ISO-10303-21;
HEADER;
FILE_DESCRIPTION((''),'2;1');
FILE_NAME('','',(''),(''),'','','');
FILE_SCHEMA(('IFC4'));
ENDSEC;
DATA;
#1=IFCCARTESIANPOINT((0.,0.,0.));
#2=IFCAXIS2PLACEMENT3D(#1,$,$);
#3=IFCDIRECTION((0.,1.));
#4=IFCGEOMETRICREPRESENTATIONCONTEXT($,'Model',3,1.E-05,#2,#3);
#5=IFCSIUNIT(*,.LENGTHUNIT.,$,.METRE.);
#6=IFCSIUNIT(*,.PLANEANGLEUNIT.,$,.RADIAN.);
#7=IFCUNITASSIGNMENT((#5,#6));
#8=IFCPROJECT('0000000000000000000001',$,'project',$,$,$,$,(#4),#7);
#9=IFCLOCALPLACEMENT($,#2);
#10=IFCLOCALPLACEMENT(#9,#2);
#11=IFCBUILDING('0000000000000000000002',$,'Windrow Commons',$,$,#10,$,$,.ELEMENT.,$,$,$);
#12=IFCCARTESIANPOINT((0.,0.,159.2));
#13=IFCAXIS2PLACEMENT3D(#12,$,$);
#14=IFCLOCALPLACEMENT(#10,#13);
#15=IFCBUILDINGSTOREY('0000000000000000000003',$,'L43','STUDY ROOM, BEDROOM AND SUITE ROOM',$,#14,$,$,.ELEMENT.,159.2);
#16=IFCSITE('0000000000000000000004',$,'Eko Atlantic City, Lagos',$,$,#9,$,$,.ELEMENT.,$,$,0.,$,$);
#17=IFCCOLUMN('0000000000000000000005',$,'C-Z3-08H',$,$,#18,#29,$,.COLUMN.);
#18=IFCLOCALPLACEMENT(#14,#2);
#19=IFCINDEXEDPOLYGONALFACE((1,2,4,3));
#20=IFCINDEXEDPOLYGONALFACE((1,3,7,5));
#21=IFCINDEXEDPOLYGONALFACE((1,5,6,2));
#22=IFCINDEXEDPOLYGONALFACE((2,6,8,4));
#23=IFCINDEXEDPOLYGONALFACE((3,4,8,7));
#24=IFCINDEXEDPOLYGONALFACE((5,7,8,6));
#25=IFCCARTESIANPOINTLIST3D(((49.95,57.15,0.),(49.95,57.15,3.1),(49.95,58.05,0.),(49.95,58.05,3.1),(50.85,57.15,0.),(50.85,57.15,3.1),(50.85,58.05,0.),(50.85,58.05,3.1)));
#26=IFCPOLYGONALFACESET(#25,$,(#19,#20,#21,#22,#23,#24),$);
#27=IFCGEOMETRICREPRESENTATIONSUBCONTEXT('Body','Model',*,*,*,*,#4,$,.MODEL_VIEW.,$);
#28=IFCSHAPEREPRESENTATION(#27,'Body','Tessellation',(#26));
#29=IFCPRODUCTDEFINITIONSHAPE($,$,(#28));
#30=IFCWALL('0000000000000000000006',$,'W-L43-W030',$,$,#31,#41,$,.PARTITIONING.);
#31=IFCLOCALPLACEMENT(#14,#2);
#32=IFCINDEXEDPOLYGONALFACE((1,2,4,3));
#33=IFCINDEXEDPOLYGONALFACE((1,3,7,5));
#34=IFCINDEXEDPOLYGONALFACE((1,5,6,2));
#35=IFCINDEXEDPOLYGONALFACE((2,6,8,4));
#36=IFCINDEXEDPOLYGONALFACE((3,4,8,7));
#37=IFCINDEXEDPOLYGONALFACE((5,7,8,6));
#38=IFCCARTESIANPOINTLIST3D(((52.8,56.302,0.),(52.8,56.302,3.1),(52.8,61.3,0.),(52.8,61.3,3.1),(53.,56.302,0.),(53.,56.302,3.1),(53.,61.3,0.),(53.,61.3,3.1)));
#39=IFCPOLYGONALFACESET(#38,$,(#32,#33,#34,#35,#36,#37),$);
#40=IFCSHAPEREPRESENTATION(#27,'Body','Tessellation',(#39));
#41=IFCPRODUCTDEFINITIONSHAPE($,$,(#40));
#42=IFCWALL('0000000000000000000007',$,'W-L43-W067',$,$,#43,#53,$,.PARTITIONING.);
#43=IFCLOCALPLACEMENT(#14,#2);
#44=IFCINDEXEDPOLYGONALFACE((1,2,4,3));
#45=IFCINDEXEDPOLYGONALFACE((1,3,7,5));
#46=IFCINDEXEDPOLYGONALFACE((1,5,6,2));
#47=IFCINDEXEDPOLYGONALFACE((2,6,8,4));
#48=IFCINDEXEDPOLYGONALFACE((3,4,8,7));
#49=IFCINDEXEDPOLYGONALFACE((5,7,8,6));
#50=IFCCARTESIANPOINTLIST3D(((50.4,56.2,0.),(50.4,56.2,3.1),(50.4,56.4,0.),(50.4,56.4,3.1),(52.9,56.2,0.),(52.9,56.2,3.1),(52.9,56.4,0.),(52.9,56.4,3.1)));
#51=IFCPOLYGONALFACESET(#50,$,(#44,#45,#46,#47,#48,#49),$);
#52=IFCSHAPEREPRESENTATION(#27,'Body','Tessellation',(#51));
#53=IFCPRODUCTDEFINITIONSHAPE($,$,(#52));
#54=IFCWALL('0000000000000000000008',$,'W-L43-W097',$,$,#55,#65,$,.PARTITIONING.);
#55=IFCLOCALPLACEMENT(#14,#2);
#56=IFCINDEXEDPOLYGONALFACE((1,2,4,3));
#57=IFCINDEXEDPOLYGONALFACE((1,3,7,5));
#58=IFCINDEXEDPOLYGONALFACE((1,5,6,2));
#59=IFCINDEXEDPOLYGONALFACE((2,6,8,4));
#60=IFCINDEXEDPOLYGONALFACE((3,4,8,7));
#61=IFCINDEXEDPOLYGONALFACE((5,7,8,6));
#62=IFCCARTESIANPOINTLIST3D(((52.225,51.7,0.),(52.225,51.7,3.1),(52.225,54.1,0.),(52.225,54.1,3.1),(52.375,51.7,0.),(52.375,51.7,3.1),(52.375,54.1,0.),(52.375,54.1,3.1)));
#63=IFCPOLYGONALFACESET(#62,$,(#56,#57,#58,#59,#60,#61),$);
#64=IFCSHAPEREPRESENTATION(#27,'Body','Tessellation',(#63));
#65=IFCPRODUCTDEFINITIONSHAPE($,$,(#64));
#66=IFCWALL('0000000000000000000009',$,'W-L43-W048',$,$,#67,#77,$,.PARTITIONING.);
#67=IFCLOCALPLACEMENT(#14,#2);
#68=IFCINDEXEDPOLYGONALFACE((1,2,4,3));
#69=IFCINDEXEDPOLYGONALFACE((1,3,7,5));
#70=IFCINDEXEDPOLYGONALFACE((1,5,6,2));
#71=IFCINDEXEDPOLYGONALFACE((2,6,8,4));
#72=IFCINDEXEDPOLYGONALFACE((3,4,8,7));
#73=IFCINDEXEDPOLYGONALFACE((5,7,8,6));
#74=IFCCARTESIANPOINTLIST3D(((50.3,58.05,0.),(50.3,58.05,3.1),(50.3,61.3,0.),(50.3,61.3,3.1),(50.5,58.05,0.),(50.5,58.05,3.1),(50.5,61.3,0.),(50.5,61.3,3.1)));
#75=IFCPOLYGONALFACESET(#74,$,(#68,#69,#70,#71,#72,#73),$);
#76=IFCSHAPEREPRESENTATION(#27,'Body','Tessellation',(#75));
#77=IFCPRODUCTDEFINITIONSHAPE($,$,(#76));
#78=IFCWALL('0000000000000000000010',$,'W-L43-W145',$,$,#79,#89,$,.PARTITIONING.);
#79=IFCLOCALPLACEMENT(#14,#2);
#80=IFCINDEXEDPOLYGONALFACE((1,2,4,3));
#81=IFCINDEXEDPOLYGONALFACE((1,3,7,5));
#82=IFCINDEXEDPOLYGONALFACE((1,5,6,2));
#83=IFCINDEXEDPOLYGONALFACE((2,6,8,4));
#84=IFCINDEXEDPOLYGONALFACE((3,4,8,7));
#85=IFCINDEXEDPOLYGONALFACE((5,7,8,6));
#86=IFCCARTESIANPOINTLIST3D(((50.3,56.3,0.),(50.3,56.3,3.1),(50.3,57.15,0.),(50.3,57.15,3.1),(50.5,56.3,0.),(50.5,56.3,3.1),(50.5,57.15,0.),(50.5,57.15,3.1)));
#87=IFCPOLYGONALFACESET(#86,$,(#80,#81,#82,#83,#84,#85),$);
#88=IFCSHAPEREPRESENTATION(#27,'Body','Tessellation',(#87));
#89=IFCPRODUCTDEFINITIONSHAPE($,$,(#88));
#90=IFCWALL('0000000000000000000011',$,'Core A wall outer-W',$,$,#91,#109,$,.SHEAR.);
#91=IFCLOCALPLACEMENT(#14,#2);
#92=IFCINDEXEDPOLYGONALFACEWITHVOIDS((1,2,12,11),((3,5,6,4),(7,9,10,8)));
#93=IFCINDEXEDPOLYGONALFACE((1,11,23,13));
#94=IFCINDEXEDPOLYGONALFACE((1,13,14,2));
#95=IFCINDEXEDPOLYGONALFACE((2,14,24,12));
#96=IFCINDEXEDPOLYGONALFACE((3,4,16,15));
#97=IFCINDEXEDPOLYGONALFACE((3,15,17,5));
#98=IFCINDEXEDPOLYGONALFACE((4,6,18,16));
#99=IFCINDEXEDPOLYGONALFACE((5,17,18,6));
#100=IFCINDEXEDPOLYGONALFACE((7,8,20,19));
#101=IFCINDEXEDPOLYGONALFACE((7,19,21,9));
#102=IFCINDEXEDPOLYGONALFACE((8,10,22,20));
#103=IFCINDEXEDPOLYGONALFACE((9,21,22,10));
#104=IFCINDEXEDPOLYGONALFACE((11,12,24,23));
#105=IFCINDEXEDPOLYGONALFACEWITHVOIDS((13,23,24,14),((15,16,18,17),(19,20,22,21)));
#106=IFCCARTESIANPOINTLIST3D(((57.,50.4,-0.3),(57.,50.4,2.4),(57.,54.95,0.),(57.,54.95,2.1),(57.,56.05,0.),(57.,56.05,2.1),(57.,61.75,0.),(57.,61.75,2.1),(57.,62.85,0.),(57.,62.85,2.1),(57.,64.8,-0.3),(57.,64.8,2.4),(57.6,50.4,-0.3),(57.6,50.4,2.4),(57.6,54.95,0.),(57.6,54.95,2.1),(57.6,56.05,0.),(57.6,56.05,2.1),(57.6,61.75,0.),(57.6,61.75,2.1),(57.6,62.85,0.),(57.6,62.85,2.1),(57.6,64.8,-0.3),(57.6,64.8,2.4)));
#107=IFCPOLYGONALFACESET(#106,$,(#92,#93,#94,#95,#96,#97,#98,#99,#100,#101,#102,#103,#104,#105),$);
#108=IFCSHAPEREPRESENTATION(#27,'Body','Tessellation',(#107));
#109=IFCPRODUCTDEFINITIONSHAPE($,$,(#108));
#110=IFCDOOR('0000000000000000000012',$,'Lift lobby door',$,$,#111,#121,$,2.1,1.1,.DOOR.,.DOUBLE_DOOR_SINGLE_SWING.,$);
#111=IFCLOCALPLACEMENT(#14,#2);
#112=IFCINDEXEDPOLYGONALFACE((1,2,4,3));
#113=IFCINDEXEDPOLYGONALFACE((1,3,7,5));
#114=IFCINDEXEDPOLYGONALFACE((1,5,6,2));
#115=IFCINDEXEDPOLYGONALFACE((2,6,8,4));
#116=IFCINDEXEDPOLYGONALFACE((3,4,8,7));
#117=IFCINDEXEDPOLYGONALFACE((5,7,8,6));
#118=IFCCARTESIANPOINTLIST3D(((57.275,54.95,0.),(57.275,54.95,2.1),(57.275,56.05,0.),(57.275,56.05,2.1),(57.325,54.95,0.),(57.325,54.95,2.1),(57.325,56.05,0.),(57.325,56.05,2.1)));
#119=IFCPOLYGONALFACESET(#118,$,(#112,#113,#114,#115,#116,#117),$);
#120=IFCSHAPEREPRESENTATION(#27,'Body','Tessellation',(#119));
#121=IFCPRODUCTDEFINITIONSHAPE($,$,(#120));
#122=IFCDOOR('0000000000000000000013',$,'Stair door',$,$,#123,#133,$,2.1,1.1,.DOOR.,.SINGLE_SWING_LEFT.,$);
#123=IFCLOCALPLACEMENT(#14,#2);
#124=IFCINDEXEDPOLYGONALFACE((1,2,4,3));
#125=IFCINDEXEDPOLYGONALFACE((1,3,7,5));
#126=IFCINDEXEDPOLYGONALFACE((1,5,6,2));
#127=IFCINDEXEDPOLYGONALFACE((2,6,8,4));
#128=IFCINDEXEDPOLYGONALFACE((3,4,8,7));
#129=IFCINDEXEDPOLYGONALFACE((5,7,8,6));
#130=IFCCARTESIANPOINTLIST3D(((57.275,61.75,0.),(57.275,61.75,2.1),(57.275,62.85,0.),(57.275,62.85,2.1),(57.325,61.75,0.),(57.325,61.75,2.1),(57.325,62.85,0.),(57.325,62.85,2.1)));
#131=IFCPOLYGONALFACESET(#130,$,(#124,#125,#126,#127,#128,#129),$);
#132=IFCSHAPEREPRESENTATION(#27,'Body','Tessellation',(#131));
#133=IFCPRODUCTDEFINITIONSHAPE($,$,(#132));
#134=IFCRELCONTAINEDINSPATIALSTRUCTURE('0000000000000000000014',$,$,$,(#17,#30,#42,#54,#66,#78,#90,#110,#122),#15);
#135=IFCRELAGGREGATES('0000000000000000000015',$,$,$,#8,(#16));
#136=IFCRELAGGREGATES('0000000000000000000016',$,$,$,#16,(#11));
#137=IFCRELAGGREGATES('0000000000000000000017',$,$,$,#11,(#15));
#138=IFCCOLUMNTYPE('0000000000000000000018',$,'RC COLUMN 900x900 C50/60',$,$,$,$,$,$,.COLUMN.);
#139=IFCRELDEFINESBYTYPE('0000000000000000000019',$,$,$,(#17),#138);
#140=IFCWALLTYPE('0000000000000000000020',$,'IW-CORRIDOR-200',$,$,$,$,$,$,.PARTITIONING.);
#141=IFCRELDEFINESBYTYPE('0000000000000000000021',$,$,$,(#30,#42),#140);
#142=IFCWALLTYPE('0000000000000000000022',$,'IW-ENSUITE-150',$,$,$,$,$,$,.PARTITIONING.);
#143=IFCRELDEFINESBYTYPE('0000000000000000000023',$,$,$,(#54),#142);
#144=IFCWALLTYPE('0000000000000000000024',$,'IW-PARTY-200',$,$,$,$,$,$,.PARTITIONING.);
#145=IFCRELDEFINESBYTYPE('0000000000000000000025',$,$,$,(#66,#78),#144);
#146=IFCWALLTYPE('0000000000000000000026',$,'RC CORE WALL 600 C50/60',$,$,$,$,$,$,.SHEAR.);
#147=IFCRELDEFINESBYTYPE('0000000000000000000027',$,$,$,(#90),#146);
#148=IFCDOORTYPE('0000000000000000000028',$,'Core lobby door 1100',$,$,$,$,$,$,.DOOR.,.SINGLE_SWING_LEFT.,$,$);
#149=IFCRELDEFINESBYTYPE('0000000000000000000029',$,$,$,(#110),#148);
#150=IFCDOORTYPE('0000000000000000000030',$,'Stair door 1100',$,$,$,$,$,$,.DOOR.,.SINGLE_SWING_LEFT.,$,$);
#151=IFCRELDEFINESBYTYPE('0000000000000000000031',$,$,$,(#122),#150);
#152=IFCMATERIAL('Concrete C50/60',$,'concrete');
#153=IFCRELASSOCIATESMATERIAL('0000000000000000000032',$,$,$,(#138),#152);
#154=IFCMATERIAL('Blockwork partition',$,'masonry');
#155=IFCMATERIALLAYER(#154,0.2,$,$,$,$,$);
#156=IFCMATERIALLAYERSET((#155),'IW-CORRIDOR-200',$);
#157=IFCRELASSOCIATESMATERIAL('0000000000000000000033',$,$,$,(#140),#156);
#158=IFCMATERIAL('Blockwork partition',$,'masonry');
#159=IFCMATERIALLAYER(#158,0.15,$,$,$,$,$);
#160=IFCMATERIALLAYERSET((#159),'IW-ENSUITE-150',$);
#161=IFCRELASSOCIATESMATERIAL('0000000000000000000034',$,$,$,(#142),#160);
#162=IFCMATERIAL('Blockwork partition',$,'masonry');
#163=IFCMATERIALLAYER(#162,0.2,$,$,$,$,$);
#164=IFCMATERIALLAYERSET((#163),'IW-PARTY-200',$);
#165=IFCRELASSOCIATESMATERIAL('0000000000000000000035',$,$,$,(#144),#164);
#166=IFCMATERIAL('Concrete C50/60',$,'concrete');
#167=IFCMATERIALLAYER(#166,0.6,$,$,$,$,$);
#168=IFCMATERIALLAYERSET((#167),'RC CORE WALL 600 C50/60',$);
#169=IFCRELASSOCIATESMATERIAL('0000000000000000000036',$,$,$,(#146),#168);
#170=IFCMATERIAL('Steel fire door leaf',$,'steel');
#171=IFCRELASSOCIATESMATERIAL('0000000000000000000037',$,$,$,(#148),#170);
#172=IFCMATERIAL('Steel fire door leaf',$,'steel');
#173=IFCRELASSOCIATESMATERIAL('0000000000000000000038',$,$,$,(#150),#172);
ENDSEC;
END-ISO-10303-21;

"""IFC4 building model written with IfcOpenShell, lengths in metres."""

from ifc_helpers import new_model, si_unit, direction, frame, frame_2d, origin, origin_2d, place, context, subcontext, project, spatial, rectangle, extrude, material, layer, layer_set, material_profile, profile_set, type_object, element, fill, save


model = new_model("IFC4")

# Units and contexts
model_context = context("Model", 3, precision=1e-05, world=origin(), true_north=direction((0.0, 1.0)))
body_context = subcontext(model_context, "Body", "Model", "MODEL_VIEW")
ifc_project = project(units=[si_unit("LENGTHUNIT", "METRE"), si_unit("PLANEANGLEUNIT", "RADIAN")], contexts=[model_context])

# Site, building, storey
site_placement = place(None, origin())
site = spatial("IfcSite", under=ifc_project, at=site_placement, Name="Eko Atlantic City, Lagos", CompositionType="ELEMENT", RefElevation=0.0)
building_placement = place(site_placement, origin())
building = spatial("IfcBuilding", under=site, at=building_placement, Name="Windrow Commons", CompositionType="ELEMENT")
storey_placement = place(building_placement, frame((0.0, 0.0, 159.2)))
storey = spatial("IfcBuildingStorey", under=building, at=storey_placement, Name="L43", Description="STUDY ROOM, BEDROOM AND SUITE ROOM", CompositionType="ELEMENT", Elevation=159.2)

# Column
ifc_material_1 = material(Name="Concrete C50/60", Category="concrete")
ifc_material_profile = material_profile(ifc_material_1, rectangle(XDim=0.9, YDim=0.9, at=origin_2d()))
ifc_profile_set = profile_set([ifc_material_profile], Name="Concrete C50/60")
column_type = type_object("IfcColumnType", Name="RC COLUMN 900x900 C50/60", PredefinedType="COLUMN", material=ifc_profile_set)
column_placement = place(storey_placement, frame((50.4, 57.6, 0.0), z_axis=(0.0, 0.0, 1.0), x_axis=(1.0, 0.0, 0.0)))
element("IfcColumn", 1, at=column_placement, inside=storey, type_object=column_type, Name="C-Z3-08H", PredefinedType="COLUMN", context=body_context, shape_type="SweptSolid", body=[
    extrude(rectangle(XDim=0.9, YDim=0.9, at=origin_2d()), origin(), (0.0, 0.0, 1.0), 3.1),
])

# Walls
ifc_material_2 = material(Name="Blockwork partition", Category="masonry")
ifc_layer_1 = layer(ifc_material_2, 0.2)
ifc_layer_set_1 = layer_set([ifc_layer_1], Name="IW-CORRIDOR-200")
wall_type_1 = type_object("IfcWallType", Name="IW-CORRIDOR-200", PredefinedType="PARTITIONING", material=ifc_layer_set_1)
wall_1_placement = place(storey_placement, frame((52.9, 56.302, 0.0), z_axis=(0.0, 0.0, 1.0), x_axis=(0.0, 1.0, 0.0)))
element("IfcWall", 2, at=wall_1_placement, inside=storey, type_object=wall_type_1, Name="W-L43-W030", PredefinedType="PARTITIONING", context=body_context, shape_type="SweptSolid", body=[
    extrude(rectangle(XDim=4.998, YDim=0.2, at=frame_2d((2.499, 0.0))), origin(), (0.0, 0.0, 1.0), 3.1),
])
wall_2_placement = place(storey_placement, frame((50.4, 56.3, 0.0), z_axis=(0.0, 0.0, 1.0), x_axis=(1.0, 0.0, 0.0)))
element("IfcWall", 3, at=wall_2_placement, inside=storey, type_object=wall_type_1, Name="W-L43-W067", PredefinedType="PARTITIONING", context=body_context, shape_type="SweptSolid", body=[
    extrude(rectangle(XDim=2.5, YDim=0.2, at=frame_2d((1.25, 0.0))), origin(), (0.0, 0.0, 1.0), 3.1),
])
ifc_material_3 = material(Name="Blockwork partition", Category="masonry")
ifc_layer_2 = layer(ifc_material_3, 0.15)
ifc_layer_set_2 = layer_set([ifc_layer_2], Name="IW-ENSUITE-150")
wall_type_2 = type_object("IfcWallType", Name="IW-ENSUITE-150", PredefinedType="PARTITIONING", material=ifc_layer_set_2)
wall_3_placement = place(storey_placement, frame((52.3, 51.7, 0.0), z_axis=(0.0, 0.0, 1.0), x_axis=(0.0, 1.0, 0.0)))
element("IfcWall", 4, at=wall_3_placement, inside=storey, type_object=wall_type_2, Name="W-L43-W097", PredefinedType="PARTITIONING", context=body_context, shape_type="SweptSolid", body=[
    extrude(rectangle(XDim=2.4, YDim=0.15, at=frame_2d((1.2, 0.0))), origin(), (0.0, 0.0, 1.0), 3.1),
])
ifc_material_4 = material(Name="Blockwork partition", Category="masonry")
ifc_layer_3 = layer(ifc_material_4, 0.2)
ifc_layer_set_3 = layer_set([ifc_layer_3], Name="IW-PARTY-200")
wall_type_3 = type_object("IfcWallType", Name="IW-PARTY-200", PredefinedType="PARTITIONING", material=ifc_layer_set_3)
wall_4_placement = place(storey_placement, frame((50.4, 58.05, 0.0), z_axis=(0.0, 0.0, 1.0), x_axis=(0.0, 1.0, 0.0)))
element("IfcWall", 5, at=wall_4_placement, inside=storey, type_object=wall_type_3, Name="W-L43-W048", PredefinedType="PARTITIONING", context=body_context, shape_type="SweptSolid", body=[
    extrude(rectangle(XDim=3.25, YDim=0.2, at=frame_2d((1.625, 0.0))), origin(), (0.0, 0.0, 1.0), 3.1),
])
wall_5_placement = place(storey_placement, frame((50.4, 56.3, 0.0), z_axis=(0.0, 0.0, 1.0), x_axis=(0.0, 1.0, 0.0)))
element("IfcWall", 6, at=wall_5_placement, inside=storey, type_object=wall_type_3, Name="W-L43-W145", PredefinedType="PARTITIONING", context=body_context, shape_type="SweptSolid", body=[
    extrude(rectangle(XDim=0.85, YDim=0.2, at=frame_2d((0.425, 0.0))), origin(), (0.0, 0.0, 1.0), 3.1),
])

# Wall, openings, doors
ifc_material_5 = material(Name="Concrete C50/60", Category="concrete")
ifc_layer_4 = layer(ifc_material_5, 0.6)
ifc_layer_set_4 = layer_set([ifc_layer_4], Name="RC CORE WALL 600 C50/60")
wall_type_4 = type_object("IfcWallType", Name="RC CORE WALL 600 C50/60", PredefinedType="SHEAR", material=ifc_layer_set_4)
wall_6_placement = place(storey_placement, frame((57.3, 50.4, -0.3), z_axis=(0.0, 0.0, 1.0), x_axis=(0.0, 1.0, 0.0)))
wall_6 = element("IfcWall", 7, at=wall_6_placement, inside=storey, type_object=wall_type_4, Name="Core A wall outer-W", PredefinedType="SHEAR", context=body_context, shape_type="SweptSolid", body=[
    extrude(rectangle(XDim=14.4, YDim=0.6, at=frame_2d((7.2, 0.0))), origin(), (0.0, 0.0, 1.0), 2.7),
])
opening_1_placement = place(wall_6_placement, frame((4.55, 0.0, 0.3)))
opening_1 = element("IfcOpeningElement", 8, at=opening_1_placement, cuts=wall_6, PredefinedType="OPENING", context=body_context, shape_type="SweptSolid", body=[
    extrude(rectangle(XDim=1.1, YDim=2.1, at=frame_2d((0.55, 1.05))), frame((0.0, 0.31, 0.0), z_axis=(0.0, -1.0, 0.0), x_axis=(1.0, 0.0, 0.0)), (0.0, 0.0, 1.0), 0.62),
])
opening_2_placement = place(wall_6_placement, frame((11.35, 0.0, 0.3)))
opening_2 = element("IfcOpeningElement", 9, at=opening_2_placement, cuts=wall_6, PredefinedType="OPENING", context=body_context, shape_type="SweptSolid", body=[
    extrude(rectangle(XDim=1.1, YDim=2.1, at=frame_2d((0.55, 1.05))), frame((0.0, 0.31, 0.0), z_axis=(0.0, -1.0, 0.0), x_axis=(1.0, 0.0, 0.0)), (0.0, 0.0, 1.0), 0.62),
])
ifc_material_6 = material(Name="Steel fire door leaf", Category="steel")
door_type_1 = type_object("IfcDoorType", Name="Core lobby door 1100", OperationType="SINGLE_SWING_LEFT", PredefinedType="DOOR", material=ifc_material_6)
door_1_placement = place(opening_1_placement, origin())
door_1 = element("IfcDoor", 10, at=door_1_placement, inside=storey, type_object=door_type_1, Name="Lift lobby door", OperationType="DOUBLE_DOOR_SINGLE_SWING", OverallHeight=2.1, OverallWidth=1.1, PredefinedType="DOOR", context=body_context, shape_type="SweptSolid", body=[
    extrude(rectangle(XDim=1.1, YDim=2.1, at=frame_2d((0.55, 1.05))), frame((0.0, 0.025, 0.0), z_axis=(0.0, -1.0, 0.0), x_axis=(1.0, 0.0, 0.0)), (0.0, 0.0, 1.0), 0.05),
])
fill(opening_1, door_1)
ifc_material_7 = material(Name="Steel fire door leaf", Category="steel")
door_type_2 = type_object("IfcDoorType", Name="Stair door 1100", OperationType="SINGLE_SWING_LEFT", PredefinedType="DOOR", material=ifc_material_7)
door_2_placement = place(opening_2_placement, origin())
door_2 = element("IfcDoor", 11, at=door_2_placement, inside=storey, type_object=door_type_2, Name="Stair door", OperationType="SINGLE_SWING_LEFT", OverallHeight=2.1, OverallWidth=1.1, PredefinedType="DOOR", context=body_context, shape_type="SweptSolid", body=[
    extrude(rectangle(XDim=1.1, YDim=2.1, at=frame_2d((0.55, 1.05))), frame((0.0, 0.025, 0.0), z_axis=(0.0, -1.0, 0.0), x_axis=(1.0, 0.0, 0.0)), (0.0, 0.0, 1.0), 0.05),
])
fill(opening_2, door_2)

save(model, "model.ifc")
